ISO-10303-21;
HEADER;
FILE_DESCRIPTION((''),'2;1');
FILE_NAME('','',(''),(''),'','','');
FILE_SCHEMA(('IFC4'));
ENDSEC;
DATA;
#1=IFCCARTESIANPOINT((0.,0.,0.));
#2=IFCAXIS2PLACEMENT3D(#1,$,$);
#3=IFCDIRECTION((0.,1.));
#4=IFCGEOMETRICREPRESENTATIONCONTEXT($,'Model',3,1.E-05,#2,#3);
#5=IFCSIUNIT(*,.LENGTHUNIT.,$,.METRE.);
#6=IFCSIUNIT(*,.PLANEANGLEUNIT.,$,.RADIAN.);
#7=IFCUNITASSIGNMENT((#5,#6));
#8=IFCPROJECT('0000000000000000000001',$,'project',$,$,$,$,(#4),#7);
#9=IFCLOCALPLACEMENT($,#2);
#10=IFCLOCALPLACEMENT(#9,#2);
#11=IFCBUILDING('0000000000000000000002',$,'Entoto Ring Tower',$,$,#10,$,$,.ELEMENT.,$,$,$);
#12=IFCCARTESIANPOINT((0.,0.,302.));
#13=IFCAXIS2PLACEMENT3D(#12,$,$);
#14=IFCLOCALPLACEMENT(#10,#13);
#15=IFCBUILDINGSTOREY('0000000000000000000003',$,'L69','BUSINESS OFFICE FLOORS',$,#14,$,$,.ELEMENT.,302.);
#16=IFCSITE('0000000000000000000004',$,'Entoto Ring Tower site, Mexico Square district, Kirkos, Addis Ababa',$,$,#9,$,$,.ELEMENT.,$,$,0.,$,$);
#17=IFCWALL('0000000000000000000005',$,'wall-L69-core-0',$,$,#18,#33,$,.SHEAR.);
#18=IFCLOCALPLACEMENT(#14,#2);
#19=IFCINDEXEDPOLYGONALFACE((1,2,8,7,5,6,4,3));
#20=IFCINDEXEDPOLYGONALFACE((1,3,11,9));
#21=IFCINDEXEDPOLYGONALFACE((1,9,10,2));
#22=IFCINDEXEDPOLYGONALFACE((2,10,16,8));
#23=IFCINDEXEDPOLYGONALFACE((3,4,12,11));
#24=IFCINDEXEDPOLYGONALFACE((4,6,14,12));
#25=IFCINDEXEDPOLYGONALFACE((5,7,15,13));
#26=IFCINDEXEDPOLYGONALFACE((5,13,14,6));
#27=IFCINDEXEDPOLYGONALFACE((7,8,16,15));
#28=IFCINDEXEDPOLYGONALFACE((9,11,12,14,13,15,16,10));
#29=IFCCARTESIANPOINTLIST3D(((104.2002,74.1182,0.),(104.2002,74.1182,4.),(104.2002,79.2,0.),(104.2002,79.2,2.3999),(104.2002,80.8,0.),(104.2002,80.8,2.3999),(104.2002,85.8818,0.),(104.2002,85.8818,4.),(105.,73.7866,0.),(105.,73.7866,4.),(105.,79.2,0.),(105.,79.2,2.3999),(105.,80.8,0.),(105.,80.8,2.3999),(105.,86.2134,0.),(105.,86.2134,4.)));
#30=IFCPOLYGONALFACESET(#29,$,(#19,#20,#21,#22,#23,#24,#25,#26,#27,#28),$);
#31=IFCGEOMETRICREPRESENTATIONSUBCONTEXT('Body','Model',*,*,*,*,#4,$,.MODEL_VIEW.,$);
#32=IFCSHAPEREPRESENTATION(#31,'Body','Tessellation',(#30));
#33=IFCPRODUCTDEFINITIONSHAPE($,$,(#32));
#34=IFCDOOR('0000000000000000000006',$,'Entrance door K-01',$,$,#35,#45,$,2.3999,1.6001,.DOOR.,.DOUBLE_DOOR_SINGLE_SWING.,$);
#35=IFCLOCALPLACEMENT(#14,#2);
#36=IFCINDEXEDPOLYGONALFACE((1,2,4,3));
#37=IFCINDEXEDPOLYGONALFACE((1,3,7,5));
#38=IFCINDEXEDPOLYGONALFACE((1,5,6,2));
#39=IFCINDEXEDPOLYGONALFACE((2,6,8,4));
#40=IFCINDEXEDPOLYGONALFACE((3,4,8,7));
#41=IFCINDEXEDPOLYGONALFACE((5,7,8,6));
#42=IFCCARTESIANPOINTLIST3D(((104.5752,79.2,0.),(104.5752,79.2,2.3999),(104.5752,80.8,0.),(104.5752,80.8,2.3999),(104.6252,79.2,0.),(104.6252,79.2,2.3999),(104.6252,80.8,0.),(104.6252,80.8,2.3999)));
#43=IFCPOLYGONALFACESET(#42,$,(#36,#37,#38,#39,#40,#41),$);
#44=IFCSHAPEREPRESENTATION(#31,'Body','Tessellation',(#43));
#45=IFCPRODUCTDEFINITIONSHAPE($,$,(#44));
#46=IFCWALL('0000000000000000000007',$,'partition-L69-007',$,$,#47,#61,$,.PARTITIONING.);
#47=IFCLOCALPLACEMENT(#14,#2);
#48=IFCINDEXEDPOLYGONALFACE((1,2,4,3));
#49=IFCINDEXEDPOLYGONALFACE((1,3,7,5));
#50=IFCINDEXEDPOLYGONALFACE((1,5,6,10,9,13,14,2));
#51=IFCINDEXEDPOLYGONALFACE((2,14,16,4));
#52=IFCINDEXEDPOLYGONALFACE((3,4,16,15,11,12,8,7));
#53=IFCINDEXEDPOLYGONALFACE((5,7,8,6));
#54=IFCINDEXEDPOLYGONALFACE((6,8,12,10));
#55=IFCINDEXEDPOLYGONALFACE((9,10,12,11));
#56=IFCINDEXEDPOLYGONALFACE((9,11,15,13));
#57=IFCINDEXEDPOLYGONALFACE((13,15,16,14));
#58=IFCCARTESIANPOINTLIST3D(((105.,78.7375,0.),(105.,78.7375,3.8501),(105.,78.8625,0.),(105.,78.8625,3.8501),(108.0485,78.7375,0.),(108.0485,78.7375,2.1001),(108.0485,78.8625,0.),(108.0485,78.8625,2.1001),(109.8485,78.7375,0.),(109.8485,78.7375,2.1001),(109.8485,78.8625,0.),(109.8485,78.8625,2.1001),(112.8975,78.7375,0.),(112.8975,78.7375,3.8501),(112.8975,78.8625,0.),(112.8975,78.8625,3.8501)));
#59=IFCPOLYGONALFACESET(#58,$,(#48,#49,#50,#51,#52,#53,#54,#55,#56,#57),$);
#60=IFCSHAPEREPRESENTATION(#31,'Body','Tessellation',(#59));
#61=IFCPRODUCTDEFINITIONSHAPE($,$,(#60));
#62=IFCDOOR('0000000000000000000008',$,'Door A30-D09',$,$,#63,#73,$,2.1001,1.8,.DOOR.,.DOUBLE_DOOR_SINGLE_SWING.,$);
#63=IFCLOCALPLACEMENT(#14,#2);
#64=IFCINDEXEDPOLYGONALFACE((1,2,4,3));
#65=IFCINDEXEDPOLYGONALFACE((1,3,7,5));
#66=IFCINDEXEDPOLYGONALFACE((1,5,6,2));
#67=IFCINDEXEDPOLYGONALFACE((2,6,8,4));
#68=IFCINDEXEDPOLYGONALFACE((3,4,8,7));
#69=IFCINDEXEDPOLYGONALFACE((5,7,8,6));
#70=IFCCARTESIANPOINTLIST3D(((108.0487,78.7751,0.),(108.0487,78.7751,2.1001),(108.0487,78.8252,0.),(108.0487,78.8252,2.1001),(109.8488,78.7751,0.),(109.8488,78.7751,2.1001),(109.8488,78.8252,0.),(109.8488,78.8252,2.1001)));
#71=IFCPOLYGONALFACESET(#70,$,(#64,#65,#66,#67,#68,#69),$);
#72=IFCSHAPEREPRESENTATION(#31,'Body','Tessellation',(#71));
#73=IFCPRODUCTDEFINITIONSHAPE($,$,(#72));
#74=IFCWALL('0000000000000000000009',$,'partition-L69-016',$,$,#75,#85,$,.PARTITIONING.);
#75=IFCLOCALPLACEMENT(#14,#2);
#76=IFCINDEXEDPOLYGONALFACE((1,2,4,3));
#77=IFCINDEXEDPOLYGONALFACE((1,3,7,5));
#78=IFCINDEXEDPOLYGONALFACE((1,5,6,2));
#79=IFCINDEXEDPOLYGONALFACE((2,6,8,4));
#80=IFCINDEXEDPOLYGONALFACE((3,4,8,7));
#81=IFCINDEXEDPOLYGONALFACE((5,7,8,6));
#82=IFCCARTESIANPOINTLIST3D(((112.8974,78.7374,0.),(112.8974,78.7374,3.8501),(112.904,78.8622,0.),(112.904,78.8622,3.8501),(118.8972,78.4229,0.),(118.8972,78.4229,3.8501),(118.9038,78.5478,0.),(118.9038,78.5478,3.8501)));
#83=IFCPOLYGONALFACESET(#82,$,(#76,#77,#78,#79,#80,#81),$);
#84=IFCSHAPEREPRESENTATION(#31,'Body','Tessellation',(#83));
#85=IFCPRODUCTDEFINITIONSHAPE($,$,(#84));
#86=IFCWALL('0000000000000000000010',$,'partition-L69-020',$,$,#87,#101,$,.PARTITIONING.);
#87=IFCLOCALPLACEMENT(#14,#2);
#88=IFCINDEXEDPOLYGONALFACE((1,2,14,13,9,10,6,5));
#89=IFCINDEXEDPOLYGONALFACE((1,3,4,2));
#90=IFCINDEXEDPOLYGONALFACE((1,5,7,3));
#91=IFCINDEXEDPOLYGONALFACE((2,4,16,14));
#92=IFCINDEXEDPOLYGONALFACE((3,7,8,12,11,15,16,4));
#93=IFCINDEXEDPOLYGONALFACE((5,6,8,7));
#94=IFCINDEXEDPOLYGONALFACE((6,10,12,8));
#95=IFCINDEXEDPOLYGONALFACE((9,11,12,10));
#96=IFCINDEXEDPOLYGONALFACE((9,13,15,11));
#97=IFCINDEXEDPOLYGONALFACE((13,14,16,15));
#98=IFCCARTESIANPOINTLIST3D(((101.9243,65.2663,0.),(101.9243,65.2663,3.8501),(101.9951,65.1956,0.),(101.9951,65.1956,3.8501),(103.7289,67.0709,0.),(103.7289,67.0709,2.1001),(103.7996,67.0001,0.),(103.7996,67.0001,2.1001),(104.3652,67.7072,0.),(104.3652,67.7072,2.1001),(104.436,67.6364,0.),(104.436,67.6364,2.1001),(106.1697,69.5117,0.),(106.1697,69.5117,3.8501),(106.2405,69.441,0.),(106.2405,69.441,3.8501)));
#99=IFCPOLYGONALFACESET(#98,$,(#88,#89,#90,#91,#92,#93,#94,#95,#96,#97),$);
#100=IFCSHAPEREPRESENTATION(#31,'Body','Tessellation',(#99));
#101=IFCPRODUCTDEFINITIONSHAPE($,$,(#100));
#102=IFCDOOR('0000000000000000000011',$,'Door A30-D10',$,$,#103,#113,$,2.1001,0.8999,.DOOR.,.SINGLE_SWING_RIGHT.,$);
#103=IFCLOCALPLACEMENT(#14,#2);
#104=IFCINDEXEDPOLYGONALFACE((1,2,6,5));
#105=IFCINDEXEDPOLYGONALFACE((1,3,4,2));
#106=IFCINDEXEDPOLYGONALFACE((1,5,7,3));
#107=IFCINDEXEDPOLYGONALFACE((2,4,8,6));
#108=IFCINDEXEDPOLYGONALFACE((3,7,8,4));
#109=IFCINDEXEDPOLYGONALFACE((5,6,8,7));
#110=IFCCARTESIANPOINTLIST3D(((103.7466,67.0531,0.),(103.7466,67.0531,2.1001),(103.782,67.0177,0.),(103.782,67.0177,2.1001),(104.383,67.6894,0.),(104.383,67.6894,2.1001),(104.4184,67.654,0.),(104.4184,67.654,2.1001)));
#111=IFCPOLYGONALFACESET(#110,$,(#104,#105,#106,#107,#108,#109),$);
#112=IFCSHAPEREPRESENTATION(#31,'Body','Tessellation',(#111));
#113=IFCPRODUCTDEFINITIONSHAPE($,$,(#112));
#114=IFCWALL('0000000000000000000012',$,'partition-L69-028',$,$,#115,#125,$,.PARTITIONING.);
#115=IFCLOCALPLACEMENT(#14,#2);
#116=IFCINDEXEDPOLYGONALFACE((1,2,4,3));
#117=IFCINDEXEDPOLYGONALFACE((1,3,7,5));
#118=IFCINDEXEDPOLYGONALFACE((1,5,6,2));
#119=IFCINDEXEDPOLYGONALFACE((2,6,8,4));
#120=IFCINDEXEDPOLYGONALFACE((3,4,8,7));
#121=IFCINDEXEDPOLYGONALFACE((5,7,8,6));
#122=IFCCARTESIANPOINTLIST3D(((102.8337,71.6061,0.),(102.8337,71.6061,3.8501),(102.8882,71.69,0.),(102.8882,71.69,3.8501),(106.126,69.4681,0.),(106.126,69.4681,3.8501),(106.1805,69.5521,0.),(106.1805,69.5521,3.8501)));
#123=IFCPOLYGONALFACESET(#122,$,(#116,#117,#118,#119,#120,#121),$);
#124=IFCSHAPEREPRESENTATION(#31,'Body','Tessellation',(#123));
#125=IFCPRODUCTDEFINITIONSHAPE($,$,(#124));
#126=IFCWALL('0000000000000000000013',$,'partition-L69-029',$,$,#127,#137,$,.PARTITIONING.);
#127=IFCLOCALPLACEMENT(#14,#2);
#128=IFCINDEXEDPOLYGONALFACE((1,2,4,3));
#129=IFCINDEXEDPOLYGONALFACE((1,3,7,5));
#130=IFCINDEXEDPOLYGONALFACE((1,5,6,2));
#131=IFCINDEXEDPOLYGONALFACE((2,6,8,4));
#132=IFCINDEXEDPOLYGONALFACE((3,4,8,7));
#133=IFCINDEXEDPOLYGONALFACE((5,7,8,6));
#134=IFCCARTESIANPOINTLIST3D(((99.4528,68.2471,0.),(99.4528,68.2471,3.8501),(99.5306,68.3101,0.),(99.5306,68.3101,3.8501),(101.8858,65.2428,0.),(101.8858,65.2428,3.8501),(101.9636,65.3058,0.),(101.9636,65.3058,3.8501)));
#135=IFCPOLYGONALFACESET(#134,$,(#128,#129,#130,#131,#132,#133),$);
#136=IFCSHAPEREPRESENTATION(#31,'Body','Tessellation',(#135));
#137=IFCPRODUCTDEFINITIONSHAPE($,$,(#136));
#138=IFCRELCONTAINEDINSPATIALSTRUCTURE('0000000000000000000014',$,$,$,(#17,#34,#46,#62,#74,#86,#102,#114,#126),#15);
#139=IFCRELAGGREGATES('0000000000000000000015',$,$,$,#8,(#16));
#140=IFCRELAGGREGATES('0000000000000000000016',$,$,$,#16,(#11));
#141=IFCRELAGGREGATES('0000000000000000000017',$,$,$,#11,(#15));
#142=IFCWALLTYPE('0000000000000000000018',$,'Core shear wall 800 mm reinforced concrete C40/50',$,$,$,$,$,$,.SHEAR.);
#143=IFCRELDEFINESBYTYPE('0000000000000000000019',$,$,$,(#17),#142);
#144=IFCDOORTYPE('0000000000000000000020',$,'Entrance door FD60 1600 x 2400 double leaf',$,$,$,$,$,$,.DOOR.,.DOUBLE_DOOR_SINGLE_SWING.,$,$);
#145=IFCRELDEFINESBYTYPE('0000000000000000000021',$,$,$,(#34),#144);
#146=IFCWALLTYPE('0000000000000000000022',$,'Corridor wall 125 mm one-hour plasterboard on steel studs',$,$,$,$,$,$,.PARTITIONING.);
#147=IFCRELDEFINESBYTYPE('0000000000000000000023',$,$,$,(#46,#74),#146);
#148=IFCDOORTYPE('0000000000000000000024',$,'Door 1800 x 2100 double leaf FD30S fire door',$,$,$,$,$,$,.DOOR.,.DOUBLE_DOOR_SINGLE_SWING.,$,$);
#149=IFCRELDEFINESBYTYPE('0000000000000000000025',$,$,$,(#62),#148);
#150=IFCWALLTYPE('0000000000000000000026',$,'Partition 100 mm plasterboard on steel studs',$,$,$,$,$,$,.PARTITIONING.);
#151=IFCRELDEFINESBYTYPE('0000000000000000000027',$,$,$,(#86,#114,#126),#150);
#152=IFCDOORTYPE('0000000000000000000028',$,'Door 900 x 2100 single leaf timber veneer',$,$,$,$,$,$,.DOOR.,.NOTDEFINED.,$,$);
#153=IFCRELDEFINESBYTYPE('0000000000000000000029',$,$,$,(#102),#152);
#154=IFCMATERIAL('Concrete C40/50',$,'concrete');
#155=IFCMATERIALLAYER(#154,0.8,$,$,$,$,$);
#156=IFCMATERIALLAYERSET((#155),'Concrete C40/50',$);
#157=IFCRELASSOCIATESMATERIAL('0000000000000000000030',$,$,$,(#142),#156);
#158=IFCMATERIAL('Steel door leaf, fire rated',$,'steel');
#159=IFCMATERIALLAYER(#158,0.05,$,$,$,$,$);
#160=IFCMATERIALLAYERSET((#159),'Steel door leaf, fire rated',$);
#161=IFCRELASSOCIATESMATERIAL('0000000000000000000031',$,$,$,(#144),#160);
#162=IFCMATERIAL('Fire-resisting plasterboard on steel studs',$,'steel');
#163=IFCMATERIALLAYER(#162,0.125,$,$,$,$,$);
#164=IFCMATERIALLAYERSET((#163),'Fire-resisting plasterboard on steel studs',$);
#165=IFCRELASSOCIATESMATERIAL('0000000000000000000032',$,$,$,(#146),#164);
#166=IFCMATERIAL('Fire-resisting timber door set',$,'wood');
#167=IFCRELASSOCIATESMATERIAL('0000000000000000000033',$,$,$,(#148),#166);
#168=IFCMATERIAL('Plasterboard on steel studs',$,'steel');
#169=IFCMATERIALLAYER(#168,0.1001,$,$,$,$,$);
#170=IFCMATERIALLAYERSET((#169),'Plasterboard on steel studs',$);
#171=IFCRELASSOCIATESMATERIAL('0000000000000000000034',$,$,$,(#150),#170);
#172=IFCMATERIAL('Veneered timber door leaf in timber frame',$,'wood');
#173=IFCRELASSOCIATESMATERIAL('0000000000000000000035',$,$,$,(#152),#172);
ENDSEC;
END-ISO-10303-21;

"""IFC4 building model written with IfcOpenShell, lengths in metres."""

from ifc_helpers import new_model, si_unit, direction, frame, frame_2d, origin, place, context, subcontext, project, spatial, polyline, rectangle, outline, extrude, material, layer, layer_set, type_object, element, fill, save


model = new_model("IFC4")

# Units and contexts
model_context = context("Model", 3, precision=1e-05, world=origin(), true_north=direction((0.0, 1.0)))
body_context = subcontext(model_context, "Body", "Model", "MODEL_VIEW")
ifc_project = project(units=[si_unit("LENGTHUNIT", "METRE"), si_unit("PLANEANGLEUNIT", "RADIAN")], contexts=[model_context])

# Site, building, storey
site_placement = place(None, origin())
site = spatial("IfcSite", under=ifc_project, at=site_placement, Name="Entoto Ring Tower site, Mexico Square district, Kirkos, Addis Ababa", CompositionType="ELEMENT", RefElevation=0.0)
building_placement = place(site_placement, origin())
building = spatial("IfcBuilding", under=site, at=building_placement, Name="Entoto Ring Tower", CompositionType="ELEMENT")
storey_placement = place(building_placement, frame((0.0, 0.0, 302.0)))
storey = spatial("IfcBuildingStorey", under=building, at=storey_placement, Name="L69", Description="BUSINESS OFFICE FLOORS", CompositionType="ELEMENT", Elevation=302.0)

# Walls, openings, doors
ifc_material_1 = material(Name="Concrete C40/50", Category="concrete")
ifc_layer_1 = layer(ifc_material_1, 0.8)
ifc_layer_set_1 = layer_set([ifc_layer_1], Name="Concrete C40/50")
wall_type_1 = type_object("IfcWallType", Name="Core shear wall 800 mm reinforced concrete C40/50", PredefinedType="SHEAR", material=ifc_layer_set_1)
wall_1_placement = place(storey_placement, frame((104.6001, 73.9524, 0.0), z_axis=(0.0, 0.0, 1.0), x_axis=(0.0, 1.0, 0.0)))
wall_1 = element("IfcWall", 1, at=wall_1_placement, inside=storey, type_object=wall_type_1, Name="wall-L69-core-0", PredefinedType="SHEAR", context=body_context, shape_type="SweptSolid", body=[
    extrude(outline(polyline([(-0.1658, -0.3999), (12.261, -0.3999), (11.9294, 0.3999), (0.1658, 0.3999), (-0.1658, -0.3999)])), origin(), (0.0, 0.0, 1.0), 4.0),
])
opening_1_placement = place(wall_1_placement, frame((5.2476, 0.0, 0.0)))
opening_1 = element("IfcOpeningElement", 2, at=opening_1_placement, cuts=wall_1, PredefinedType="OPENING", context=body_context, shape_type="SweptSolid", body=[
    extrude(rectangle(XDim=1.6001, YDim=2.3999, at=frame_2d((0.8, 1.2))), frame((0.0, 0.4102, 0.0), z_axis=(0.0, -1.0, 0.0), x_axis=(1.0, 0.0, 0.0)), (0.0, 0.0, 1.0), 0.8201),
])
ifc_material_2 = material(Name="Steel door leaf, fire rated", Category="steel")
ifc_layer_2 = layer(ifc_material_2, 0.05)
ifc_layer_set_2 = layer_set([ifc_layer_2], Name="Steel door leaf, fire rated")
door_type_1 = type_object("IfcDoorType", Name="Entrance door FD60 1600 x 2400 double leaf", OperationType="DOUBLE_DOOR_SINGLE_SWING", PredefinedType="DOOR", material=ifc_layer_set_2)
door_1_placement = place(opening_1_placement, origin())
door_1 = element("IfcDoor", 3, at=door_1_placement, inside=storey, type_object=door_type_1, Name="Entrance door K-01", OperationType="DOUBLE_DOOR_SINGLE_SWING", OverallHeight=2.3999, OverallWidth=1.6001, PredefinedType="DOOR", context=body_context, shape_type="SweptSolid", body=[
    extrude(rectangle(XDim=1.6001, YDim=2.3999, at=frame_2d((0.8, 1.2))), frame((0.0, 0.0249, 0.0), z_axis=(0.0, -1.0, 0.0), x_axis=(1.0, 0.0, 0.0)), (0.0, 0.0, 1.0), 0.05),
])
fill(opening_1, door_1)
ifc_material_3 = material(Name="Fire-resisting plasterboard on steel studs", Category="steel")
ifc_layer_3 = layer(ifc_material_3, 0.125)
ifc_layer_set_3 = layer_set([ifc_layer_3], Name="Fire-resisting plasterboard on steel studs")
wall_type_2 = type_object("IfcWallType", Name="Corridor wall 125 mm one-hour plasterboard on steel studs", PredefinedType="PARTITIONING", material=ifc_layer_set_3)
wall_2_placement = place(storey_placement, frame((105.0, 78.8, 0.0), z_axis=(0.0, 0.0, 1.0), x_axis=(1.0, 0.0, 0.0)))
wall_2 = element("IfcWall", 4, at=wall_2_placement, inside=storey, type_object=wall_type_2, Name="partition-L69-007", PredefinedType="PARTITIONING", context=body_context, shape_type="SweptSolid", body=[
    extrude(rectangle(XDim=7.8975, YDim=0.125, at=frame_2d((3.9487, 0.0))), origin(), (0.0, 0.0, 1.0), 3.8501),
])
opening_2_placement = place(wall_2_placement, frame((3.0486, 0.0, 0.0)))
opening_2 = element("IfcOpeningElement", 5, at=opening_2_placement, cuts=wall_2, PredefinedType="OPENING", context=body_context, shape_type="SweptSolid", body=[
    extrude(rectangle(XDim=1.8, YDim=2.1001, at=frame_2d((0.8999, 1.05))), frame((0.0, 0.0725, 0.0), z_axis=(0.0, -1.0, 0.0), x_axis=(1.0, 0.0, 0.0)), (0.0, 0.0, 1.0), 0.145),
])
ifc_material_4 = material(Name="Fire-resisting timber door set", Category="wood")
door_type_2 = type_object("IfcDoorType", Name="Door 1800 x 2100 double leaf FD30S fire door", OperationType="DOUBLE_DOOR_SINGLE_SWING", PredefinedType="DOOR", material=ifc_material_4)
door_2_placement = place(opening_2_placement, frame((1.8, 0.0, 0.0), z_axis=(0.0, 0.0, 1.0), x_axis=(-1.0, 0.0, 0.0)))
door_2 = element("IfcDoor", 6, at=door_2_placement, inside=storey, type_object=door_type_2, Name="Door A30-D09", OperationType="DOUBLE_DOOR_SINGLE_SWING", OverallHeight=2.1001, OverallWidth=1.8, PredefinedType="DOOR", context=body_context, shape_type="SweptSolid", body=[
    extrude(rectangle(XDim=1.8, YDim=2.1001, at=frame_2d((0.8999, 1.05))), frame((0.0, 0.0249, 0.0), z_axis=(0.0, -1.0, 0.0), x_axis=(1.0, 0.0, 0.0)), (0.0, 0.0, 1.0), 0.05),
])
fill(opening_2, door_2)

# Wall
wall_3_placement = place(storey_placement, frame((118.9004, 78.4854, 0.0), z_axis=(0.0, 0.0, 1.0), x_axis=(-0.998629, 0.052339, 0.0)))
element("IfcWall", 7, at=wall_3_placement, inside=storey, type_object=wall_type_2, Name="partition-L69-016", PredefinedType="PARTITIONING", context=body_context, shape_type="SweptSolid", body=[
    extrude(rectangle(XDim=6.0081, YDim=0.125, at=frame_2d((3.0039, 0.0))), origin(), (0.0, 0.0, 1.0), 3.8501),
])

# Wall, opening, door
ifc_material_5 = material(Name="Plasterboard on steel studs", Category="steel")
ifc_layer_4 = layer(ifc_material_5, 0.1001)
ifc_layer_set_4 = layer_set([ifc_layer_4], Name="Plasterboard on steel studs")
wall_type_3 = type_object("IfcWallType", Name="Partition 100 mm plasterboard on steel studs", PredefinedType="PARTITIONING", material=ifc_layer_set_4)
wall_4_placement = place(storey_placement, frame((101.9597, 65.231, 0.0), z_axis=(0.0, 0.0, 1.0), x_axis=(0.707107, 0.707107, 0.0)))
wall_4 = element("IfcWall", 8, at=wall_4_placement, inside=storey, type_object=wall_type_3, Name="partition-L69-020", PredefinedType="PARTITIONING", context=body_context, shape_type="SweptSolid", body=[
    extrude(rectangle(XDim=6.0039, YDim=0.1001, at=frame_2d((3.002, 0.0))), origin(), (0.0, 0.0, 1.0), 3.8501),
])
opening_3_placement = place(wall_4_placement, frame((2.552, 0.0, 0.0)))
opening_3 = element("IfcOpeningElement", 9, at=opening_3_placement, cuts=wall_4, PredefinedType="OPENING", context=body_context, shape_type="SweptSolid", body=[
    extrude(rectangle(XDim=0.8999, YDim=2.1001, at=frame_2d((0.45, 1.05))), frame((0.0, 0.0601, 0.0), z_axis=(0.0, -1.0, 0.0), x_axis=(1.0, 0.0, 0.0)), (0.0, 0.0, 1.0), 0.1201),
])
ifc_material_6 = material(Name="Veneered timber door leaf in timber frame", Category="wood")
door_type_3 = type_object("IfcDoorType", Name="Door 900 x 2100 single leaf timber veneer", OperationType="NOTDEFINED", PredefinedType="DOOR", material=ifc_material_6)
door_3_placement = place(opening_3_placement, origin())
door_3 = element("IfcDoor", 10, at=door_3_placement, inside=storey, type_object=door_type_3, Name="Door A30-D10", OperationType="SINGLE_SWING_RIGHT", OverallHeight=2.1001, OverallWidth=0.8999, PredefinedType="DOOR", context=body_context, shape_type="SweptSolid", body=[
    extrude(rectangle(XDim=0.8999, YDim=2.1001, at=frame_2d((0.45, 1.05))), frame((0.0, 0.0249, 0.0), z_axis=(0.0, -1.0, 0.0), x_axis=(1.0, 0.0, 0.0)), (0.0, 0.0, 1.0), 0.05),
])
fill(opening_3, door_3)

# Walls
wall_5_placement = place(storey_placement, frame((106.1533, 69.51, 0.0), z_axis=(0.0, 0.0, 1.0), x_axis=(-0.838678, 0.544628, 0.0)))
element("IfcWall", 11, at=wall_5_placement, inside=storey, type_object=wall_type_3, Name="partition-L69-028", PredefinedType="PARTITIONING", context=body_context, shape_type="SweptSolid", body=[
    extrude(rectangle(XDim=3.9255, YDim=0.1001, at=frame_2d((1.9629, 0.0))), origin(), (0.0, 0.0, 1.0), 3.8501),
])
wall_6_placement = place(storey_placement, frame((101.9248, 65.2742, 0.0), z_axis=(0.0, 0.0, 1.0), x_axis=(-0.629351, 0.777121, 0.0)))
element("IfcWall", 12, at=wall_6_placement, inside=storey, type_object=wall_type_3, Name="partition-L69-029", PredefinedType="PARTITIONING", context=body_context, shape_type="SweptSolid", body=[
    extrude(rectangle(XDim=3.866, YDim=0.1001, at=frame_2d((1.9331, 0.0))), origin(), (0.0, 0.0, 1.0), 3.8501),
])

save(model, "model.ifc")
